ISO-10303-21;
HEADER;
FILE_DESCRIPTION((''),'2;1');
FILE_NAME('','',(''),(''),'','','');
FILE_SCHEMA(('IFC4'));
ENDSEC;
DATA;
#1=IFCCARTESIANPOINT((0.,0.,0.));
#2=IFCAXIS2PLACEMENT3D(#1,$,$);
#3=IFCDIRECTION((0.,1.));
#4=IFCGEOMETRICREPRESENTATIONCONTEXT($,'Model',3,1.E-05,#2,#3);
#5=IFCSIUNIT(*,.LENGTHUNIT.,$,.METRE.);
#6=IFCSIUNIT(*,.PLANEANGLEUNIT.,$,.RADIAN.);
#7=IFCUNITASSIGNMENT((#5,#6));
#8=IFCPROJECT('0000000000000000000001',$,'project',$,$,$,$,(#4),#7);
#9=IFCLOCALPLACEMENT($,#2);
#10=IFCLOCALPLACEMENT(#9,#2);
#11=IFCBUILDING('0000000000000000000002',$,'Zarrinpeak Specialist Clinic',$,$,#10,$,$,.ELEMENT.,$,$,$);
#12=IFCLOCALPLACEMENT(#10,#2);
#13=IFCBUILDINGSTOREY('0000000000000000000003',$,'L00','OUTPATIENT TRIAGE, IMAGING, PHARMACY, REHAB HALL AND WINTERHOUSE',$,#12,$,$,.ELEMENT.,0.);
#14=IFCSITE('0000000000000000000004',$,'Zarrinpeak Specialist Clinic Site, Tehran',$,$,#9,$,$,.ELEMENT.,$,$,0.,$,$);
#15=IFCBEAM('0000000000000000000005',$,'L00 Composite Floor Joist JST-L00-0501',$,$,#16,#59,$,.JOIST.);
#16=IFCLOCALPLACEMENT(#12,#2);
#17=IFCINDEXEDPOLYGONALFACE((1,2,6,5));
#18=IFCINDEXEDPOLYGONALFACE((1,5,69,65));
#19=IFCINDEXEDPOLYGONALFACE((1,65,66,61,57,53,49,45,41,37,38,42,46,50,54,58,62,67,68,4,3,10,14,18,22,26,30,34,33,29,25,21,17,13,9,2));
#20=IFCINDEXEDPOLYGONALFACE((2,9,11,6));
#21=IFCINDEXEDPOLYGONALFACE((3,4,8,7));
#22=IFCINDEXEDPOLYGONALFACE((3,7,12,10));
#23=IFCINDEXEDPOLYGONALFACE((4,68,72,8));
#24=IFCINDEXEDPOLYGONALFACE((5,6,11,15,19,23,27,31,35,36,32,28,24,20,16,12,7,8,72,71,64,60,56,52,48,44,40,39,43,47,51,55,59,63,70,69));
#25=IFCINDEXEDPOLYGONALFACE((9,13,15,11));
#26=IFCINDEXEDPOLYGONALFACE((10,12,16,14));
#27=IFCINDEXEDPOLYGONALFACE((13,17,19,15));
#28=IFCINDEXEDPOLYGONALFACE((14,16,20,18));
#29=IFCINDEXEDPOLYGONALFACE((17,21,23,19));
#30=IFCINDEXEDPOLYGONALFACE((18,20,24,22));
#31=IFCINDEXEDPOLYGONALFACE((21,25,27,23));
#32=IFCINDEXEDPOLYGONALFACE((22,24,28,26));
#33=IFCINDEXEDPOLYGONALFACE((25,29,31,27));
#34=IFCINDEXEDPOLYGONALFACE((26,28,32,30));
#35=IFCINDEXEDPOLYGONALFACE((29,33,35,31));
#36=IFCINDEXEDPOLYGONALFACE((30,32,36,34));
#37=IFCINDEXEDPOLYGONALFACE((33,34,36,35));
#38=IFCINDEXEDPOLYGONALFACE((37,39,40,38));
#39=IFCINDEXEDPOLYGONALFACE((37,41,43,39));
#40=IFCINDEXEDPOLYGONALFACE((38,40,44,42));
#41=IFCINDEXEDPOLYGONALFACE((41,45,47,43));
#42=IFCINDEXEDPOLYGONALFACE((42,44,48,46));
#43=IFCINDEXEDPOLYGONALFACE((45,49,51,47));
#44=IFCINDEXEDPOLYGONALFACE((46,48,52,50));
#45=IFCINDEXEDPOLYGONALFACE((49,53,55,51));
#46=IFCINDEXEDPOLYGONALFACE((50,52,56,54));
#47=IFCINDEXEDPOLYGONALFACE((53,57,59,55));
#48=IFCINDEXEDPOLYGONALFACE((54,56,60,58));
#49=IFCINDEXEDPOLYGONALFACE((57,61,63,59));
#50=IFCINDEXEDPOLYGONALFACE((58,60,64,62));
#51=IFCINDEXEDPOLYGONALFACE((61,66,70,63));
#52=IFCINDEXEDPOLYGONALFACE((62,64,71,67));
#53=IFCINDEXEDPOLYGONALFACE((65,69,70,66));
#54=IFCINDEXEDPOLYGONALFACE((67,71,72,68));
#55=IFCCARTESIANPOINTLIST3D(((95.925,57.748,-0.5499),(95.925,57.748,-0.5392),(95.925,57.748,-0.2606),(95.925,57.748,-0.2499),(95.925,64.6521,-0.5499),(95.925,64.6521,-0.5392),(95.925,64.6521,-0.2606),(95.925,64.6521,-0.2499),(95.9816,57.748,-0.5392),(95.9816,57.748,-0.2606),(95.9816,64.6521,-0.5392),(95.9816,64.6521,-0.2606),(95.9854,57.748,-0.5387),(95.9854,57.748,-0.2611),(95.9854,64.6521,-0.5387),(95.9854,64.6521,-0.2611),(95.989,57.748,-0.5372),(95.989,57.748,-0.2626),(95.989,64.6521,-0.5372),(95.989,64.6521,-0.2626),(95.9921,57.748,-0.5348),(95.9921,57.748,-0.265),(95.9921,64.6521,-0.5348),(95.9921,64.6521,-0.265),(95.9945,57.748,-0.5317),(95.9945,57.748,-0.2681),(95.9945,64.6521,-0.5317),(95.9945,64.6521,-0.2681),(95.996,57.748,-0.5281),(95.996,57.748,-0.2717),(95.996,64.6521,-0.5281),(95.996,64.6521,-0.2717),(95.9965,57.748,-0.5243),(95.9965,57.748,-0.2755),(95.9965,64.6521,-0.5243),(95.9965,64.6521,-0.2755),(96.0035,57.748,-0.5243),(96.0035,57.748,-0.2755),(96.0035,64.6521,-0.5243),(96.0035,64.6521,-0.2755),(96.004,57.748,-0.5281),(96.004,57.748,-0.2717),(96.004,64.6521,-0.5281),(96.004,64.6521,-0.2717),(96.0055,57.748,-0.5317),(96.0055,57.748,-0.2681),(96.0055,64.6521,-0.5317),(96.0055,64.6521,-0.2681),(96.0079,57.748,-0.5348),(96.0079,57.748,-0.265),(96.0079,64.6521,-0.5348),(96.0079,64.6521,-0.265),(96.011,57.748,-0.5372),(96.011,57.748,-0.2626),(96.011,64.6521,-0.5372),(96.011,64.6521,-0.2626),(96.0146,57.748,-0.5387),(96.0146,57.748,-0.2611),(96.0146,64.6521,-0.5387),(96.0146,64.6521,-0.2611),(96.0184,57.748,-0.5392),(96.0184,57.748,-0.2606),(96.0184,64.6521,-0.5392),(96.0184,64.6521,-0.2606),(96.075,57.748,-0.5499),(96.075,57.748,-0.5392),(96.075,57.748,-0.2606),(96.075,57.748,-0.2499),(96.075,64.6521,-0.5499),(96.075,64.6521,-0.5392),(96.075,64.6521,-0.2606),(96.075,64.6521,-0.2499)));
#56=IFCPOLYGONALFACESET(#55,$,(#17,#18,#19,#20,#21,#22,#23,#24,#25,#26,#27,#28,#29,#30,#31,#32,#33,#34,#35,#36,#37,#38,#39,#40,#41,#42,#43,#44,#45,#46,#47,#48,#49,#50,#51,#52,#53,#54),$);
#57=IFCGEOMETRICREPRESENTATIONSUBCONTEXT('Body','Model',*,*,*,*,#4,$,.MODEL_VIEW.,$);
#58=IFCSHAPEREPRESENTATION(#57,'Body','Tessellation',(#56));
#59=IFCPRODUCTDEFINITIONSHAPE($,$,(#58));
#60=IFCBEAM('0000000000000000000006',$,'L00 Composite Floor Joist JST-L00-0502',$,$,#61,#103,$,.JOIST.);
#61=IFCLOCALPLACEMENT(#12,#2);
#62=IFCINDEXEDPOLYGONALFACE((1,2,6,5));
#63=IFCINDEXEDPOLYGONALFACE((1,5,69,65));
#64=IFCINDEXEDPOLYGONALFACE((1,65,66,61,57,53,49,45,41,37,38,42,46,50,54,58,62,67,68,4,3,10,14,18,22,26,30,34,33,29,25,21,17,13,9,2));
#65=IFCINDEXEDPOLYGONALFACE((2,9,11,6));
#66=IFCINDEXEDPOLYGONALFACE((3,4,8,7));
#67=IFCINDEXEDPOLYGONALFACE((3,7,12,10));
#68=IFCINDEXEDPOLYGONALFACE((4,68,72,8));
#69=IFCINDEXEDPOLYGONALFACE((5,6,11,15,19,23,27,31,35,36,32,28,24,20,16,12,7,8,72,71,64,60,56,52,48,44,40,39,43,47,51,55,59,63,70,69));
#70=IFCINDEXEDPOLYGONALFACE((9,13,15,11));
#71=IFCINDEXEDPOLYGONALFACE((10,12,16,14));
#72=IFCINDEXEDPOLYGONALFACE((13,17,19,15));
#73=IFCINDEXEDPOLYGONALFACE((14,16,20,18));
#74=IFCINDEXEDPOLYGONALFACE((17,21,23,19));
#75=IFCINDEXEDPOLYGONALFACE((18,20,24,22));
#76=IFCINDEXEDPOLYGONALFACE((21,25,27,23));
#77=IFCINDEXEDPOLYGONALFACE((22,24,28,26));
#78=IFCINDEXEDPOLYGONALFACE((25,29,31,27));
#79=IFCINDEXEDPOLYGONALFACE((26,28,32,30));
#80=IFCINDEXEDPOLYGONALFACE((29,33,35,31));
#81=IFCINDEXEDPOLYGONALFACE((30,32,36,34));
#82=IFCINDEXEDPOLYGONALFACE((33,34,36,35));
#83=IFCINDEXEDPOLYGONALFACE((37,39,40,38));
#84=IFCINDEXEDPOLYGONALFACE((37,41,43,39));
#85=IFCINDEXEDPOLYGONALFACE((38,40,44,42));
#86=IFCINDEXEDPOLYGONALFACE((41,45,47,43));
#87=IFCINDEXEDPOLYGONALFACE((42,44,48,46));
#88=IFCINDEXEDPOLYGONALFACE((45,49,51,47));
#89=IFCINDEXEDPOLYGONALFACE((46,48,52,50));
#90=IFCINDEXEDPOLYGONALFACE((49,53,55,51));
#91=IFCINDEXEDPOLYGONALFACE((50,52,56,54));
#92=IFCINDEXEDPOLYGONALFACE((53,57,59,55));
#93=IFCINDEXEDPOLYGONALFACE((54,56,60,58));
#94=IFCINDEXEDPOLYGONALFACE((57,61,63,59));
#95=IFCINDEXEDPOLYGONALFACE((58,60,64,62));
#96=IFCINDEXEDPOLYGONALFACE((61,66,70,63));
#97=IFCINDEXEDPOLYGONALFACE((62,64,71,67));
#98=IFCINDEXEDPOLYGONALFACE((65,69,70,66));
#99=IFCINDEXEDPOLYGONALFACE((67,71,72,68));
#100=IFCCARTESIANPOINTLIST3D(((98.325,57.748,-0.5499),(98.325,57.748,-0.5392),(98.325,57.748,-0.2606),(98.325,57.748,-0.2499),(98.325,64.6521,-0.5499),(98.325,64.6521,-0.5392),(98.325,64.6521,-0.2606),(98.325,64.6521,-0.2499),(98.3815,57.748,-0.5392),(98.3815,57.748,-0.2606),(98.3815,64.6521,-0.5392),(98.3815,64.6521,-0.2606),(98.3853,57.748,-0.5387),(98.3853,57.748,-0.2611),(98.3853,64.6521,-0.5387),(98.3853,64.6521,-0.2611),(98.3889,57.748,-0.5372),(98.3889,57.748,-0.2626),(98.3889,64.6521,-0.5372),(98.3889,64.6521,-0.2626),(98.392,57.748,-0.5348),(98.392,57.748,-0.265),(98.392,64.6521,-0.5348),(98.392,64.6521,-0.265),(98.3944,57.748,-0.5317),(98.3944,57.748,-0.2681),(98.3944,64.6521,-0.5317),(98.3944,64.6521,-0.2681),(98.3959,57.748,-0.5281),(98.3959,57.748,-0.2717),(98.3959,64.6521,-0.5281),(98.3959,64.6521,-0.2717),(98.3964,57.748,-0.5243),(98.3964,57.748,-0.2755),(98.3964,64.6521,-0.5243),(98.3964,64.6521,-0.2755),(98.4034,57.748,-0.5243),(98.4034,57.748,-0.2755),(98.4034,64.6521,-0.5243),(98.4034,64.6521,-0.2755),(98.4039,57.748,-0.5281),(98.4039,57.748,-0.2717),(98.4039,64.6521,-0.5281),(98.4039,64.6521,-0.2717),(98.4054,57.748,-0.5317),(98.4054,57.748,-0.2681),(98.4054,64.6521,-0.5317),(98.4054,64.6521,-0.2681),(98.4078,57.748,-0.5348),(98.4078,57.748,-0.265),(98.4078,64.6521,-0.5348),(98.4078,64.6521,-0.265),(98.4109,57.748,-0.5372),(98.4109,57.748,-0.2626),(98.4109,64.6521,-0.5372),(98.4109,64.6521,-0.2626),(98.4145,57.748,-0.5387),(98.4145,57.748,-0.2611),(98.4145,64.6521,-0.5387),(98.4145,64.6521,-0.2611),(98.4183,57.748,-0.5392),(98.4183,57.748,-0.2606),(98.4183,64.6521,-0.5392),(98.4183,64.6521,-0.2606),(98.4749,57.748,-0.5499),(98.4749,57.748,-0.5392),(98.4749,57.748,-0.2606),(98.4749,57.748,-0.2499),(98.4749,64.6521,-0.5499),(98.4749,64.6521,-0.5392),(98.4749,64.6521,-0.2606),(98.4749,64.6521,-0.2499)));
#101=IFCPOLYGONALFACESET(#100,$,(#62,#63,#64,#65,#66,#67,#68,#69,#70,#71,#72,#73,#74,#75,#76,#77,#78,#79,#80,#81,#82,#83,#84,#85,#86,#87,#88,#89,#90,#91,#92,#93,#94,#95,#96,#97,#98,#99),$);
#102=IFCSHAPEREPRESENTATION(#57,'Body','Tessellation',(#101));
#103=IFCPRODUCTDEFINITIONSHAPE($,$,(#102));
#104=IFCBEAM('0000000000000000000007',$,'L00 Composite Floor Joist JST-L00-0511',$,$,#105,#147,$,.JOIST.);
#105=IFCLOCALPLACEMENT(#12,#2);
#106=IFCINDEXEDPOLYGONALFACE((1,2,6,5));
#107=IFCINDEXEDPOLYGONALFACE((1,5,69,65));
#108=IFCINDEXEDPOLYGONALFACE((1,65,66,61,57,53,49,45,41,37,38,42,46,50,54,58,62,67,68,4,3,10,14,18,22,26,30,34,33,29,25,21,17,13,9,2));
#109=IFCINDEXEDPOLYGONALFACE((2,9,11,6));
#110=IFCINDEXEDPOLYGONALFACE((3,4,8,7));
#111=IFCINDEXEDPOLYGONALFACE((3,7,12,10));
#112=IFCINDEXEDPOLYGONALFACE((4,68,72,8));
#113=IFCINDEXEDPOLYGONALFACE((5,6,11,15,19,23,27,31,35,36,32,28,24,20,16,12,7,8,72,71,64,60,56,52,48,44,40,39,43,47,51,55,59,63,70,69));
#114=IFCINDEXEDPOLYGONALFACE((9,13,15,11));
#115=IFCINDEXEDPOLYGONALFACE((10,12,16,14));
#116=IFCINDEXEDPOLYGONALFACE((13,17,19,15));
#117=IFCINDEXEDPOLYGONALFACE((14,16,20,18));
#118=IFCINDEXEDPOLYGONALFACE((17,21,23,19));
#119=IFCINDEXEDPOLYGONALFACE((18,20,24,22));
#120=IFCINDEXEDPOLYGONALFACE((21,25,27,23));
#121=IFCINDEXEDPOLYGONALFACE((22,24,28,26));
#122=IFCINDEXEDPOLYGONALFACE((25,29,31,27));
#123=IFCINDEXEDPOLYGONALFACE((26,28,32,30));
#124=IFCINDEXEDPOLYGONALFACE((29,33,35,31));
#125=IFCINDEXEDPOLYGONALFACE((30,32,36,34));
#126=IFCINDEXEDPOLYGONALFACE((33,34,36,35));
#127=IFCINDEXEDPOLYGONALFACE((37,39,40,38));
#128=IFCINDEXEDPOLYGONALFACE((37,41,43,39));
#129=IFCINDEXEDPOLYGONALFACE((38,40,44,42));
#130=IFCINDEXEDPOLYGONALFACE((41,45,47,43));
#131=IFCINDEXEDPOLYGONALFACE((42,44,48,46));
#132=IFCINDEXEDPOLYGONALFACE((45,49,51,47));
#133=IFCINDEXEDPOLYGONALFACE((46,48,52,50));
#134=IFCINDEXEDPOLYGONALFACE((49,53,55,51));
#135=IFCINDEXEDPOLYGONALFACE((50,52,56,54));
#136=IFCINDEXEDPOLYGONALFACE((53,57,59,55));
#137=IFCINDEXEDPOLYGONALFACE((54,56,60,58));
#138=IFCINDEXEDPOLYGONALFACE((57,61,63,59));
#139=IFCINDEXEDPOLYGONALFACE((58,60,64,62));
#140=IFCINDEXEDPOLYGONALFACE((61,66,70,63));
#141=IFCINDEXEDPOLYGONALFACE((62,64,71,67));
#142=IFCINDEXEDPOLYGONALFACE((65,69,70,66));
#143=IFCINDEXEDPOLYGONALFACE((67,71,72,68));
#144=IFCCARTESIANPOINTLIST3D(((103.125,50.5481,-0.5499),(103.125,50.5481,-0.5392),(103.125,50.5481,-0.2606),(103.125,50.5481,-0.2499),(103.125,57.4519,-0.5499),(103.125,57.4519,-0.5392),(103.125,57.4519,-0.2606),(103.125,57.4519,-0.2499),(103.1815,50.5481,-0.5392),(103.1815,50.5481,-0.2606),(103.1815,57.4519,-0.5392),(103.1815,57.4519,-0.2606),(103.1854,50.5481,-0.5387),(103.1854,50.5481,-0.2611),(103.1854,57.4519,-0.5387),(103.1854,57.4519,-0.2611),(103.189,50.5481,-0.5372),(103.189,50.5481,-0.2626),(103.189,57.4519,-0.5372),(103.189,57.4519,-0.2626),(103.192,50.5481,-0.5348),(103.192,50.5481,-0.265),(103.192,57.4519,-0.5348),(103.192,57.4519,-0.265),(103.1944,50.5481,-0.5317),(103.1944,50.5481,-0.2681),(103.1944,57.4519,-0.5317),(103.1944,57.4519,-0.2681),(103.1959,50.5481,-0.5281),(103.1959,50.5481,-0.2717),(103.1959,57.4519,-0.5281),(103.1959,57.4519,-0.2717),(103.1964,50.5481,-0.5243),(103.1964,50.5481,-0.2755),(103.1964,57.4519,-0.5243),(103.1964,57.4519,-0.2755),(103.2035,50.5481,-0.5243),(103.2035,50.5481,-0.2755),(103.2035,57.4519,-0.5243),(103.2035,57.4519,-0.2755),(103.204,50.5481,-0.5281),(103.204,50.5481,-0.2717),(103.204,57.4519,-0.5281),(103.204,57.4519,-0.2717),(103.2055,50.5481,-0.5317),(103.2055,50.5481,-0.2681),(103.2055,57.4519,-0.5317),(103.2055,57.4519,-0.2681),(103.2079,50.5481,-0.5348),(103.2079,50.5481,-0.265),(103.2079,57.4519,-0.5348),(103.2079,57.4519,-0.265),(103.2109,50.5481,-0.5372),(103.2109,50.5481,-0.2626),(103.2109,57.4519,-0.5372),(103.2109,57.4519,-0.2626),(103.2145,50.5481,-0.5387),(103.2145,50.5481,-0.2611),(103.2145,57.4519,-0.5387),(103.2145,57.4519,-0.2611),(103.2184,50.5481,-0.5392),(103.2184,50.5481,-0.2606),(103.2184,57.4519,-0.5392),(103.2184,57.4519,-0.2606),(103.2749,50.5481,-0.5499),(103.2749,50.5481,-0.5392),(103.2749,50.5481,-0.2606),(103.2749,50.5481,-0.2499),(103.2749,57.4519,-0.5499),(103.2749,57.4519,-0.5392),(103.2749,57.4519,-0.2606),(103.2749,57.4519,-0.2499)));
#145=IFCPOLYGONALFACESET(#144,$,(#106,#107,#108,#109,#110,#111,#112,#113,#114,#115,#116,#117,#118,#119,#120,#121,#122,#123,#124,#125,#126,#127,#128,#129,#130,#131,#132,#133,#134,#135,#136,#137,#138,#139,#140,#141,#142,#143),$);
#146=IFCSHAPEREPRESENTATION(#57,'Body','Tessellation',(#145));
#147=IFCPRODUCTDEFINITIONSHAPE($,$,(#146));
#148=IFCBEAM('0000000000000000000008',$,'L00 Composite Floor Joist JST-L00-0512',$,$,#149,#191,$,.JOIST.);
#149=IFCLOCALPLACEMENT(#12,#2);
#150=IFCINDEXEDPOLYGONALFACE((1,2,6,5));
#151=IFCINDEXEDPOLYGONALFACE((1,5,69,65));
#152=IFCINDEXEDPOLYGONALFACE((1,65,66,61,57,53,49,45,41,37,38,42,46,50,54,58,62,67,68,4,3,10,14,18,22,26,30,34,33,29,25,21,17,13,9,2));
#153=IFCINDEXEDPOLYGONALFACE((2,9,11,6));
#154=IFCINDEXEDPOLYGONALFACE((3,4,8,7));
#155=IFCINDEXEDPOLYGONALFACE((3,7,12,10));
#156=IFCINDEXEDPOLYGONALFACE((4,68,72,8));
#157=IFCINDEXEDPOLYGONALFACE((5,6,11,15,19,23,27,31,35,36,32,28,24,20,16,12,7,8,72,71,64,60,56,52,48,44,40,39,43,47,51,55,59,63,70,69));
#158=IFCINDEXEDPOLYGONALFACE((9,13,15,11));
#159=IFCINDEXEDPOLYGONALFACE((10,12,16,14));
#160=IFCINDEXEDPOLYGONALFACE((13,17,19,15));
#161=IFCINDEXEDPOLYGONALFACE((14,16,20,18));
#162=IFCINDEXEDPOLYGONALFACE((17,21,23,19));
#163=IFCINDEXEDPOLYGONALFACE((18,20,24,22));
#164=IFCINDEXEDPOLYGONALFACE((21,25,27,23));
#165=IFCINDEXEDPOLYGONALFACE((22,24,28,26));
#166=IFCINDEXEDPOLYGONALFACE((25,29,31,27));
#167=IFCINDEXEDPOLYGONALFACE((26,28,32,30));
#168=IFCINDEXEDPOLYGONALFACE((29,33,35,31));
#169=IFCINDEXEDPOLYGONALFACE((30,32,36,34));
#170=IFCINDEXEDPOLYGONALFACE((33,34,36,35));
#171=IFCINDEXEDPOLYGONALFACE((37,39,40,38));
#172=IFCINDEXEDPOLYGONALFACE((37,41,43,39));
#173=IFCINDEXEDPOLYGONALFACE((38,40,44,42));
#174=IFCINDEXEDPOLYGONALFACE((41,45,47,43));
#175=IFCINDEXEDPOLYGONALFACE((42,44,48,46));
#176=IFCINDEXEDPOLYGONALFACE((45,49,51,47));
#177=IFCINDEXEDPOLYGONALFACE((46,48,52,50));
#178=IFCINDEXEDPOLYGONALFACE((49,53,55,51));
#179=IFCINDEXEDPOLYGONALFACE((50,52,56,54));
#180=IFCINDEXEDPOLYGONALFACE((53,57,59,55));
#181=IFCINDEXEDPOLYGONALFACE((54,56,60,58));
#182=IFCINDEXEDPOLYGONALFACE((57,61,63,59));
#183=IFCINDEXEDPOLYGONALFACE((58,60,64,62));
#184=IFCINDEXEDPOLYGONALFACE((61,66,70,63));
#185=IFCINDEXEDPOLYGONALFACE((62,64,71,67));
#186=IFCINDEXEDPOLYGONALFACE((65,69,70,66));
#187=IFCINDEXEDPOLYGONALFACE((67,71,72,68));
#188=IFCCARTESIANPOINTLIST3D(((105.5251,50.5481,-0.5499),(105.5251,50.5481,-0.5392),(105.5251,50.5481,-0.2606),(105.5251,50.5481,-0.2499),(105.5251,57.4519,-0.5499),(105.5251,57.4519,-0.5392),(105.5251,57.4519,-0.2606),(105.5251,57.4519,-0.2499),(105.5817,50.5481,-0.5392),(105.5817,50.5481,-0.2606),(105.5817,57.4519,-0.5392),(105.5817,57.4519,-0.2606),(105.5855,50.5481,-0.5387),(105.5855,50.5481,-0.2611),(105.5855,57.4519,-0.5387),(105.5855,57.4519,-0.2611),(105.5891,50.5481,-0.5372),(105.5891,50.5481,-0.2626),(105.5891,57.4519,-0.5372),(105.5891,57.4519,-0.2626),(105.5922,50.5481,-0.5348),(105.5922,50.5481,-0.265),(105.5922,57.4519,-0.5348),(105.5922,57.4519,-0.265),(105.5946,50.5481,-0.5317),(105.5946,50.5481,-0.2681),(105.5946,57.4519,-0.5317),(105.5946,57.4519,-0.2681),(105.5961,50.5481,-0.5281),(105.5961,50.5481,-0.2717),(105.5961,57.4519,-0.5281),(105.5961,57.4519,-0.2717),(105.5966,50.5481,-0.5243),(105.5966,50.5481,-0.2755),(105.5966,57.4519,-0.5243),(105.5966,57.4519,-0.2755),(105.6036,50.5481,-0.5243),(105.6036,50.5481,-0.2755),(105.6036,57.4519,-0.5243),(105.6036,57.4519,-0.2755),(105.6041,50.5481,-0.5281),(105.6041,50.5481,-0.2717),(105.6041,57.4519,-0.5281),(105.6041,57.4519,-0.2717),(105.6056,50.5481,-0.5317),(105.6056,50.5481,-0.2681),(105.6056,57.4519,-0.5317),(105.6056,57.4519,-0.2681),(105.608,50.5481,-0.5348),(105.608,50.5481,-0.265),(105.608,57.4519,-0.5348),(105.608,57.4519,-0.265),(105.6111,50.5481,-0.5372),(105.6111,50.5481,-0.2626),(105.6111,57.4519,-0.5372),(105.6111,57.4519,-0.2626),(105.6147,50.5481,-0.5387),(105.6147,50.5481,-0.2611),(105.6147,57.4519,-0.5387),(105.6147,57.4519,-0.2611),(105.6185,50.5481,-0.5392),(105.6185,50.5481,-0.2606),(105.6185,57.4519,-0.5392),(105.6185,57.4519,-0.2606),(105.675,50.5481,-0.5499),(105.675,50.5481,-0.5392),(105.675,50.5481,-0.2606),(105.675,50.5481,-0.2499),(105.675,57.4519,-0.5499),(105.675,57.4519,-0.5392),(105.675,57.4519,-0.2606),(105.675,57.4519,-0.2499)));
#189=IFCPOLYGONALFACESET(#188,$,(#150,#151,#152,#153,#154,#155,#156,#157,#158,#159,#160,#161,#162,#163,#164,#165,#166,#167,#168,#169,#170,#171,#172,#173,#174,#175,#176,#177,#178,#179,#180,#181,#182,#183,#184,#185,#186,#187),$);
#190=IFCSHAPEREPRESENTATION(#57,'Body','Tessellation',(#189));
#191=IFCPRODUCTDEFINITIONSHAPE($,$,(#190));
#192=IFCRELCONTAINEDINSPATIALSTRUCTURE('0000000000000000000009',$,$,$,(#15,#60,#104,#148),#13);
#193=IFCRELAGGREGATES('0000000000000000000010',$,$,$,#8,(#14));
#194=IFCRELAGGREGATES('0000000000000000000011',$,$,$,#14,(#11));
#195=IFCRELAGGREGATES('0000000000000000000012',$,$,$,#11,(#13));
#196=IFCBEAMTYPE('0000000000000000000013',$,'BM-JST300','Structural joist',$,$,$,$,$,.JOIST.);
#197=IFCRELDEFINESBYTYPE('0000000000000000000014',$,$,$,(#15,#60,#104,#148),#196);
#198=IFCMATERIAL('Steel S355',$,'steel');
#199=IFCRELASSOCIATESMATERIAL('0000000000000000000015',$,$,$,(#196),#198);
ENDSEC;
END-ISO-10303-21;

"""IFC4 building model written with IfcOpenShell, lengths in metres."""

from ifc_helpers import new_model, si_unit, direction, frame, origin, origin_2d, place, context, subcontext, project, spatial, i_section, extrude, material, material_profile, profile_set, type_object, element, save


model = new_model("IFC4")

# Units and contexts
model_context = context("Model", 3, precision=1e-05, world=origin(), true_north=direction((0.0, 1.0)))
body_context = subcontext(model_context, "Body", "Model", "MODEL_VIEW")
ifc_project = project(units=[si_unit("LENGTHUNIT", "METRE"), si_unit("PLANEANGLEUNIT", "RADIAN")], contexts=[model_context])

# Site, building, storey
site_placement = place(None, origin())
site = spatial("IfcSite", under=ifc_project, at=site_placement, Name="Zarrinpeak Specialist Clinic Site, Tehran", CompositionType="ELEMENT", RefElevation=0.0)
building_placement = place(site_placement, origin())
building = spatial("IfcBuilding", under=site, at=building_placement, Name="Zarrinpeak Specialist Clinic", CompositionType="ELEMENT")
storey_placement = place(building_placement, origin())
storey = spatial("IfcBuildingStorey", under=building, at=storey_placement, Name="L00", Description="OUTPATIENT TRIAGE, IMAGING, PHARMACY, REHAB HALL AND WINTERHOUSE", CompositionType="ELEMENT", Elevation=0.0)

# Shared definitions
ifc_material_1 = material(Name="Steel S355", Category="steel")

# Beams
ifc_material_profile_1 = material_profile(ifc_material_1, i_section(OverallWidth=0.1499, OverallDepth=0.3, WebThickness=0.0071, FlangeThickness=0.0107, FilletRadius=0.0149, at=origin_2d()), Name="IPE 300")
ifc_profile_set_1 = profile_set([ifc_material_profile_1], Name="Steel S355")
beam_type_1 = type_object("IfcBeamType", Name="BM-JST300", Description="Structural joist", PredefinedType="JOIST", material=ifc_profile_set_1)
for number, where, z_axis, x_axis, name in (
    (1, (96.0, 57.748, -0.3999), (0.0, 1.0, 0.0), (-1.0, 0.0, 0.0), "L00 Composite Floor Joist JST-L00-0501"),
    (2, (98.3999, 57.748, -0.3999), (0.0, 1.0, 0.0), (-1.0, 0.0, 0.0), "L00 Composite Floor Joist JST-L00-0502"),
):
    element("IfcBeam", number, at=place(storey_placement, frame(where, z_axis=z_axis, x_axis=x_axis)), inside=storey, type_object=beam_type_1, Name=name, PredefinedType="JOIST", context=body_context, shape_type="SweptSolid", body=[
        extrude(i_section(OverallWidth=0.1499, OverallDepth=0.3, WebThickness=0.0071, FlangeThickness=0.0107, FilletRadius=0.0149, at=origin_2d()), origin(), (0.0, 0.0, 1.0), 6.9041),
    ])
for number, where, z_axis, x_axis, name in (
    (3, (103.2, 50.5481, -0.3999), (0.0, 1.0, 0.0), (-1.0, 0.0, 0.0), "L00 Composite Floor Joist JST-L00-0511"),
    (4, (105.6001, 50.5481, -0.3999), (0.0, 1.0, 0.0), (-1.0, 0.0, 0.0), "L00 Composite Floor Joist JST-L00-0512"),
):
    element("IfcBeam", number, at=place(storey_placement, frame(where, z_axis=z_axis, x_axis=x_axis)), inside=storey, type_object=beam_type_1, Name=name, PredefinedType="JOIST", context=body_context, shape_type="SweptSolid", body=[
        extrude(i_section(OverallWidth=0.1499, OverallDepth=0.3, WebThickness=0.0071, FlangeThickness=0.0107, FilletRadius=0.0149, at=origin_2d()), origin(), (0.0, 0.0, 1.0), 6.9038),
    ])

save(model, "model.ifc")
